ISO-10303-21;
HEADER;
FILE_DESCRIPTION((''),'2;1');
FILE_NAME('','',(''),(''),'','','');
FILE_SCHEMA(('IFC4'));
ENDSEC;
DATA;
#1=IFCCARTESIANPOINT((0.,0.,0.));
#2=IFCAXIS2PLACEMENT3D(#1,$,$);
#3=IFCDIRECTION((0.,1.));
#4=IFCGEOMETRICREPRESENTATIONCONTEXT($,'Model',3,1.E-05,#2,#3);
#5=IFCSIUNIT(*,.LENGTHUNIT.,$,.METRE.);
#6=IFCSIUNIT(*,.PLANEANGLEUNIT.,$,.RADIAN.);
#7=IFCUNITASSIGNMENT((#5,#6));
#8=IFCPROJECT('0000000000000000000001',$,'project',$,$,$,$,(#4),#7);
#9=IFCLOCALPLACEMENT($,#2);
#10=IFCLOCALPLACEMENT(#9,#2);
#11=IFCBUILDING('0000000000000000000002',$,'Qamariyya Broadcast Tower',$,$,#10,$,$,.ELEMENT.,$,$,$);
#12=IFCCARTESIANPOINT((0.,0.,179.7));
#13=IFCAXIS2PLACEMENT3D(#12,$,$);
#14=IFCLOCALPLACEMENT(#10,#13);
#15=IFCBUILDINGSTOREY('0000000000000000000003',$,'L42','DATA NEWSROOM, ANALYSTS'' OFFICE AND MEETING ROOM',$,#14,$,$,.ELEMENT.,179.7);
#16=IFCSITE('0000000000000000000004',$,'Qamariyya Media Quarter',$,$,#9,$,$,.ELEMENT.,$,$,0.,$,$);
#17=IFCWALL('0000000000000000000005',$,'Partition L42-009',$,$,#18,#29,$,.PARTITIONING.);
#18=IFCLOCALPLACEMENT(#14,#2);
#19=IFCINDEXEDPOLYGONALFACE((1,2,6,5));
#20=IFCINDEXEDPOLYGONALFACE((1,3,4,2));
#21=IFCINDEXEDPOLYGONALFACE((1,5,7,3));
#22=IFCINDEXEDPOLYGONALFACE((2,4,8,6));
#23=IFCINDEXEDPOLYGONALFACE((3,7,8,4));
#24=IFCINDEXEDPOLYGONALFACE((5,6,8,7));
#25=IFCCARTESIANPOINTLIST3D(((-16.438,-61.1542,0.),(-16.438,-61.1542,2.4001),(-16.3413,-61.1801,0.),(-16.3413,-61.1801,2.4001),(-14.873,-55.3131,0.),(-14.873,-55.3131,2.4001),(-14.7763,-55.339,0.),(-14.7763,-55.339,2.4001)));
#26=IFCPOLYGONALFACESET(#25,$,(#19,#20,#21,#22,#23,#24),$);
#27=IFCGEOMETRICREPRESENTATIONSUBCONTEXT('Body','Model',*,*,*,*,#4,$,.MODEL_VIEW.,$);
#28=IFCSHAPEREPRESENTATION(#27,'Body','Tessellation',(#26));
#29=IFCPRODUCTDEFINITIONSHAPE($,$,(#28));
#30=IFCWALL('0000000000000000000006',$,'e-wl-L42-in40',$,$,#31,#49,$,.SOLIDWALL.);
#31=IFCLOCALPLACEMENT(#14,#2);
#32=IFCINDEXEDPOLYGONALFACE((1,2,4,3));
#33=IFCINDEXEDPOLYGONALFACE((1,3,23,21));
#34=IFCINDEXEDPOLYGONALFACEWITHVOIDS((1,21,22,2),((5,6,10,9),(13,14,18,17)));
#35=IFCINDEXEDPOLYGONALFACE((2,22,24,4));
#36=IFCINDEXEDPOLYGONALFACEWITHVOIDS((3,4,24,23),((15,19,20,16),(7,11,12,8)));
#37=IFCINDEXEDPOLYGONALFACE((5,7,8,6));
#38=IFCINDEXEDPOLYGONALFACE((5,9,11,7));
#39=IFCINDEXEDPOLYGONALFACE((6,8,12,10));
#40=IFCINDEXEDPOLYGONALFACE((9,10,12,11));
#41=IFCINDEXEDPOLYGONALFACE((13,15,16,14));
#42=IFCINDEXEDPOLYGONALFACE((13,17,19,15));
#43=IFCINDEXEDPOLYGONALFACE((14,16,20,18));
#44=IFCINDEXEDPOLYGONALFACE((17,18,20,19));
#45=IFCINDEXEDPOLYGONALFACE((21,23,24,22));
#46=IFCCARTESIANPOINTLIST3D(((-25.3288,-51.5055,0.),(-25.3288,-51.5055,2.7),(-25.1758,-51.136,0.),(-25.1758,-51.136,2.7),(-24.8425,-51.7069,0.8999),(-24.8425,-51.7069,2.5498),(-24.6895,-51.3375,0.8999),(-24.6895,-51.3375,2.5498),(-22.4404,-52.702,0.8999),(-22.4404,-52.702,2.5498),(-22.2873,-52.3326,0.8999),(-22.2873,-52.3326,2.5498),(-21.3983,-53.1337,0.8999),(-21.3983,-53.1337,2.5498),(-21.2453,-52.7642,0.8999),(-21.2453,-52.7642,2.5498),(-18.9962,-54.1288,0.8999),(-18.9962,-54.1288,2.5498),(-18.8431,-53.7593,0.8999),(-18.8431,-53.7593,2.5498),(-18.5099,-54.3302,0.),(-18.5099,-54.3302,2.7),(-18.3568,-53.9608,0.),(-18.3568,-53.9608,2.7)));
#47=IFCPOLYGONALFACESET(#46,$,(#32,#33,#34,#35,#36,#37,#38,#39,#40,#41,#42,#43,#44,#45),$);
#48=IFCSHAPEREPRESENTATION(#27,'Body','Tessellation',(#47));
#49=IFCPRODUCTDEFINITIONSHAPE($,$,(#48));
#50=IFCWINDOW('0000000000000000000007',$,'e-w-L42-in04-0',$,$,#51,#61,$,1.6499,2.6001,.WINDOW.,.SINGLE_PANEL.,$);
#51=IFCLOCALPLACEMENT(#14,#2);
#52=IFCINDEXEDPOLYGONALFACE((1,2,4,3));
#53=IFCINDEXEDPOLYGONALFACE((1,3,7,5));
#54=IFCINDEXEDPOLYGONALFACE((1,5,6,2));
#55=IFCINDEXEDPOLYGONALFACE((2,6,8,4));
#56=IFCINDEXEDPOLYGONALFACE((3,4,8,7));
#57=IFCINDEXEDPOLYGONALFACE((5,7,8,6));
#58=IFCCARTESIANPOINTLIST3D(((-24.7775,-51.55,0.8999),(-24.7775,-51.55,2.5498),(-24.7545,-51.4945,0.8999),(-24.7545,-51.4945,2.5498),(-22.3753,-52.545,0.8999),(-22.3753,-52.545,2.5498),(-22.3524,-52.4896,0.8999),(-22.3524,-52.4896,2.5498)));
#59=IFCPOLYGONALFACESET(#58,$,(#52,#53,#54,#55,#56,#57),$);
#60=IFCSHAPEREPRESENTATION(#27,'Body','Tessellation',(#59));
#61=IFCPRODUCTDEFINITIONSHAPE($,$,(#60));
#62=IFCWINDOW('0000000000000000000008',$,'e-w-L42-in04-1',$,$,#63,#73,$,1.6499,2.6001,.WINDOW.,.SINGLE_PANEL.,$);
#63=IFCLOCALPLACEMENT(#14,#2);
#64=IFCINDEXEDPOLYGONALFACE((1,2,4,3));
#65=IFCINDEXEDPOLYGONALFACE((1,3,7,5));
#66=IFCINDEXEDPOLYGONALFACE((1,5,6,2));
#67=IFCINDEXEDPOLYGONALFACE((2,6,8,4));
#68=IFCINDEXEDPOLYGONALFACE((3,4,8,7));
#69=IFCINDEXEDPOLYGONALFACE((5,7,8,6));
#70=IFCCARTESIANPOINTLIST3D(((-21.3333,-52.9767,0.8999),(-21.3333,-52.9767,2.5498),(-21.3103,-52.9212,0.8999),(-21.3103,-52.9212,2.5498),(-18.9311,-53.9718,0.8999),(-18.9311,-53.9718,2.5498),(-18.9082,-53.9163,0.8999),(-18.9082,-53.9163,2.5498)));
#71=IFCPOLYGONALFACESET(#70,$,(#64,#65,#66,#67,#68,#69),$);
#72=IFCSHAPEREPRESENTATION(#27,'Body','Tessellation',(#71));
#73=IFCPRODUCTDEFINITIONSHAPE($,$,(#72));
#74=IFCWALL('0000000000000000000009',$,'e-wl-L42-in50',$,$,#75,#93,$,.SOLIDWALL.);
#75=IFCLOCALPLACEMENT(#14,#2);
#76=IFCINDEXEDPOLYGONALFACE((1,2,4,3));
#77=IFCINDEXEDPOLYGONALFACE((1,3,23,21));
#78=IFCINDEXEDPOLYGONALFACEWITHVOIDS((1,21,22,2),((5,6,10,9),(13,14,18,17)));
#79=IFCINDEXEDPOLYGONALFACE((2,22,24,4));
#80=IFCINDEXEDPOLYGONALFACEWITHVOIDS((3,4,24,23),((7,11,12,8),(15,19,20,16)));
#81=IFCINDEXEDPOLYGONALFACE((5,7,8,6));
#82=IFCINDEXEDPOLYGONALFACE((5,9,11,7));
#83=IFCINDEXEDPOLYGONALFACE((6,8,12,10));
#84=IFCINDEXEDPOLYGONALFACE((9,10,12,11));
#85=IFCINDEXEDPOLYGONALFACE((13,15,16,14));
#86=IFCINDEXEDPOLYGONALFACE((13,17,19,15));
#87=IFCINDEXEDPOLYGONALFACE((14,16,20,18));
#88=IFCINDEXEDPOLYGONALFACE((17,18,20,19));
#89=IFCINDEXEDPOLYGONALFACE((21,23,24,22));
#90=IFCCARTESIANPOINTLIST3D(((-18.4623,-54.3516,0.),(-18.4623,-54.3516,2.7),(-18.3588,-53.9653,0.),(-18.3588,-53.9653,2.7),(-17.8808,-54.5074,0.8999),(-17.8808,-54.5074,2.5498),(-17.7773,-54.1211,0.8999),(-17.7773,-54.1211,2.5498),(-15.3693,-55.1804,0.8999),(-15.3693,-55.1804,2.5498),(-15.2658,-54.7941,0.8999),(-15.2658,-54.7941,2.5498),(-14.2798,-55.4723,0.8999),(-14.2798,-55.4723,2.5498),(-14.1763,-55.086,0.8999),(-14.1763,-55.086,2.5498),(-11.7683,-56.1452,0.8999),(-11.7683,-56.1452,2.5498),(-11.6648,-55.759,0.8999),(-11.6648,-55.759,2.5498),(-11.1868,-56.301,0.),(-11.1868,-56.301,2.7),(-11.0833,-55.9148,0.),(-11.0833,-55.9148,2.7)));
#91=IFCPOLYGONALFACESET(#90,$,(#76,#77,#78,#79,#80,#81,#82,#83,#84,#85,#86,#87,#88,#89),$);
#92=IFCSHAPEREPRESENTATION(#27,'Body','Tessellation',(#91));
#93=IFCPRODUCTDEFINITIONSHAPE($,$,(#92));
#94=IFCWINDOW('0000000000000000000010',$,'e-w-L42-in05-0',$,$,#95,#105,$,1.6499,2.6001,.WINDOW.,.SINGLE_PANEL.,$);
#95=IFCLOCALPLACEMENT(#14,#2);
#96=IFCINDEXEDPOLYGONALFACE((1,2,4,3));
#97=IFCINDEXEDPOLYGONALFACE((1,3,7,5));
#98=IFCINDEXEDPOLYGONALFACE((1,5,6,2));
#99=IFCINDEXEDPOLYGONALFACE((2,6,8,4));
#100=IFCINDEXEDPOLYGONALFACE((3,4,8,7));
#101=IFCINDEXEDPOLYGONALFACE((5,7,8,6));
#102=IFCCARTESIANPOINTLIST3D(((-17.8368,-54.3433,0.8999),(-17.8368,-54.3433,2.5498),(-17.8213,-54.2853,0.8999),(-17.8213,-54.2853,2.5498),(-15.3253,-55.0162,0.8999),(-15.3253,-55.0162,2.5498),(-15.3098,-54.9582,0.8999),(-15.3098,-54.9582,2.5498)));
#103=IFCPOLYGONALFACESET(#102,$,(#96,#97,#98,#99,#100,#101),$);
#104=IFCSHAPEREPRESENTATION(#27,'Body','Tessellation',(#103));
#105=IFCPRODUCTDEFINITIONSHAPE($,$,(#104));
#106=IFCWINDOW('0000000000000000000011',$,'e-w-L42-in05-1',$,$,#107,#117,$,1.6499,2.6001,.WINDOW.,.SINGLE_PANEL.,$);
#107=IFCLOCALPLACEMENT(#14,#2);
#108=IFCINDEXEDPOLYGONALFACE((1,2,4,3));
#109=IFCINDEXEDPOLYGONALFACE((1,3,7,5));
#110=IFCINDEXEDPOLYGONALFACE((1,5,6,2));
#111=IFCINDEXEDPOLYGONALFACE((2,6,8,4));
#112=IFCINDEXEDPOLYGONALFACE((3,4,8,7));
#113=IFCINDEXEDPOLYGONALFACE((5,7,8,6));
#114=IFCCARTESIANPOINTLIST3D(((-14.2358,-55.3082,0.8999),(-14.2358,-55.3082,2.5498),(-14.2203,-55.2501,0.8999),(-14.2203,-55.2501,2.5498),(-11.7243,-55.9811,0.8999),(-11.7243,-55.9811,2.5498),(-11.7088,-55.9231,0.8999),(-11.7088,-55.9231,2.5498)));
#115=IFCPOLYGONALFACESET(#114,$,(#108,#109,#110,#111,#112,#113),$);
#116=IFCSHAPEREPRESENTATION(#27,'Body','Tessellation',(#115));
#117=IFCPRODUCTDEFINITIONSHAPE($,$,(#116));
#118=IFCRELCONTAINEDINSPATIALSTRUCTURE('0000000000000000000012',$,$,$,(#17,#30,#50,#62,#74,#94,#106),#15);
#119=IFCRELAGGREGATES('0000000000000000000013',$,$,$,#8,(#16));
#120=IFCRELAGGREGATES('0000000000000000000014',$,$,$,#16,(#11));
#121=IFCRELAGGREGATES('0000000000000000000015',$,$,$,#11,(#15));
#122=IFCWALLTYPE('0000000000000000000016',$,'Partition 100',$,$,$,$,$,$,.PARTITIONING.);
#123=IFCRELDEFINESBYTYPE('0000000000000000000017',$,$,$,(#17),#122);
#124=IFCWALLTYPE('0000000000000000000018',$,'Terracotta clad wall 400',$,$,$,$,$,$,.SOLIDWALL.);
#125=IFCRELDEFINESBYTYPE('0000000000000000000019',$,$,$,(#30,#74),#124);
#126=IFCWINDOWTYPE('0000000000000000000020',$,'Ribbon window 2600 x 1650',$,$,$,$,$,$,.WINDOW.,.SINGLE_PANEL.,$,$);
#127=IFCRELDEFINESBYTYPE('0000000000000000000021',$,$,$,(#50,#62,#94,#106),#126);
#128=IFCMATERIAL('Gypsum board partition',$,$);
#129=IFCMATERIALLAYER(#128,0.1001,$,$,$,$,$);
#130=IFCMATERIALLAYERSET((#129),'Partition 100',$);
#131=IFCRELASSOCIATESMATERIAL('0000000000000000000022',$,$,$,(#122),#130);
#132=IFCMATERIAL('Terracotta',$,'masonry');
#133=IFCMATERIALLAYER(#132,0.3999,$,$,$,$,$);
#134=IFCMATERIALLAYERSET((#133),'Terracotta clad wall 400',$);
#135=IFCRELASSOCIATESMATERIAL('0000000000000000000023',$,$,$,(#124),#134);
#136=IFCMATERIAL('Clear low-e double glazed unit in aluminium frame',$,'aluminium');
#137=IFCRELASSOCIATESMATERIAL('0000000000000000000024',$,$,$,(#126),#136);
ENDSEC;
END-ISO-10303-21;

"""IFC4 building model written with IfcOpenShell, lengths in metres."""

from ifc_helpers import new_model, si_unit, direction, frame, frame_2d, origin, place, context, subcontext, project, spatial, rectangle, extrude, material, layer, layer_set, type_object, element, fill, save


model = new_model("IFC4")

# Units and contexts
model_context = context("Model", 3, precision=1e-05, world=origin(), true_north=direction((0.0, 1.0)))
body_context = subcontext(model_context, "Body", "Model", "MODEL_VIEW")
ifc_project = project(units=[si_unit("LENGTHUNIT", "METRE"), si_unit("PLANEANGLEUNIT", "RADIAN")], contexts=[model_context])

# Site, building, storey
site_placement = place(None, origin())
site = spatial("IfcSite", under=ifc_project, at=site_placement, Name="Qamariyya Media Quarter", CompositionType="ELEMENT", RefElevation=0.0)
building_placement = place(site_placement, origin())
building = spatial("IfcBuilding", under=site, at=building_placement, Name="Qamariyya Broadcast Tower", CompositionType="ELEMENT")
storey_placement = place(building_placement, frame((0.0, 0.0, 179.7)))
storey = spatial("IfcBuildingStorey", under=building, at=storey_placement, Name="L42", Description="DATA NEWSROOM, ANALYSTS' OFFICE AND MEETING ROOM", CompositionType="ELEMENT", Elevation=179.7)

# Wall
ifc_material_1 = material(Name="Gypsum board partition")
ifc_layer_1 = layer(ifc_material_1, 0.1001)
ifc_layer_set_1 = layer_set([ifc_layer_1], Name="Partition 100")
wall_type_1 = type_object("IfcWallType", Name="Partition 100", PredefinedType="PARTITIONING", material=ifc_layer_set_1)
wall_1_placement = place(storey_placement, frame((-14.8247, -55.3262, 0.0), z_axis=(0.0, 0.0, 1.0), x_axis=(-0.258793, -0.965933, 0.0)))
element("IfcWall", 1, at=wall_1_placement, inside=storey, type_object=wall_type_1, Name="Partition L42-009", PredefinedType="PARTITIONING", context=body_context, shape_type="SweptSolid", body=[
    extrude(rectangle(XDim=6.0471, YDim=0.1001, at=frame_2d((3.0234, 0.0))), origin(), (0.0, 0.0, 1.0), 2.4001),
])

# Walls, openings, windows
ifc_material_2 = material(Name="Terracotta", Category="masonry")
ifc_layer_2 = layer(ifc_material_2, 0.3999)
ifc_layer_set_2 = layer_set([ifc_layer_2], Name="Terracotta clad wall 400")
wall_type_2 = type_object("IfcWallType", Name="Terracotta clad wall 400", PredefinedType="SOLIDWALL", material=ifc_layer_set_2)
wall_2_placement = place(storey_placement, frame((-18.4333, -54.1455, 0.0), z_axis=(0.0, 0.0, 1.0), x_axis=(-0.923868, 0.382712, 0.0)))
wall_2 = element("IfcWall", 2, at=wall_2_placement, inside=storey, type_object=wall_type_2, Name="e-wl-L42-in40", PredefinedType="SOLIDWALL", context=body_context, shape_type="SweptSolid", body=[
    extrude(rectangle(XDim=7.3809, YDim=0.3999, at=frame_2d((3.6904, 0.0))), origin(), (0.0, 0.0, 1.0), 2.7),
])
opening_1_placement = place(wall_2_placement, frame((4.2544, 0.0, 0.8999)))
opening_1 = element("IfcOpeningElement", 3, at=opening_1_placement, cuts=wall_2, PredefinedType="OPENING", context=body_context, shape_type="SweptSolid", body=[
    extrude(rectangle(XDim=2.6001, YDim=1.6499, at=frame_2d((1.3, 0.825))), frame((0.0, 0.21, 0.0), z_axis=(0.0, -1.0, 0.0), x_axis=(1.0, 0.0, 0.0)), (0.0, 0.0, 1.0), 0.4199),
])
opening_2_placement = place(wall_2_placement, frame((0.5264, 0.0, 0.8999)))
opening_2 = element("IfcOpeningElement", 4, at=opening_2_placement, cuts=wall_2, PredefinedType="OPENING", context=body_context, shape_type="SweptSolid", body=[
    extrude(rectangle(XDim=2.6001, YDim=1.6499, at=frame_2d((1.3, 0.825))), frame((0.0, 0.21, 0.0), z_axis=(0.0, -1.0, 0.0), x_axis=(1.0, 0.0, 0.0)), (0.0, 0.0, 1.0), 0.4199),
])
ifc_material_3 = material(Name="Clear low-e double glazed unit in aluminium frame", Category="aluminium")
window_type = type_object("IfcWindowType", Name="Ribbon window 2600 x 1650", PartitioningType="SINGLE_PANEL", PredefinedType="WINDOW", material=ifc_material_3)
window_1_placement = place(opening_1_placement, origin())
window_1 = element("IfcWindow", 5, at=window_1_placement, inside=storey, type_object=window_type, Name="e-w-L42-in04-0", OverallHeight=1.6499, OverallWidth=2.6001, PartitioningType="SINGLE_PANEL", PredefinedType="WINDOW", context=body_context, shape_type="SweptSolid", body=[
    extrude(rectangle(XDim=2.6001, YDim=1.6499, at=frame_2d((1.3, 0.825))), frame((0.0, 0.03, 0.0), z_axis=(0.0, -1.0, 0.0), x_axis=(1.0, 0.0, 0.0)), (0.0, 0.0, 1.0), 0.0601),
])
fill(opening_1, window_1)
window_2_placement = place(opening_2_placement, origin())
window_2 = element("IfcWindow", 6, at=window_2_placement, inside=storey, type_object=window_type, Name="e-w-L42-in04-1", OverallHeight=1.6499, OverallWidth=2.6001, PartitioningType="SINGLE_PANEL", PredefinedType="WINDOW", context=body_context, shape_type="SweptSolid", body=[
    extrude(rectangle(XDim=2.6001, YDim=1.6499, at=frame_2d((1.3, 0.825))), frame((0.0, 0.03, 0.0), z_axis=(0.0, -1.0, 0.0), x_axis=(1.0, 0.0, 0.0)), (0.0, 0.0, 1.0), 0.0601),
])
fill(opening_2, window_2)
wall_3_placement = place(storey_placement, frame((-11.135, -56.1079, 0.0), z_axis=(0.0, 0.0, 1.0), x_axis=(-0.965927, 0.258814, 0.0)))
wall_3 = element("IfcWall", 7, at=wall_3_placement, inside=storey, type_object=wall_type_2, Name="e-wl-L42-in50", PredefinedType="SOLIDWALL", context=body_context, shape_type="SweptSolid", body=[
    extrude(rectangle(XDim=7.5322, YDim=0.3999, at=frame_2d((3.7661, 0.0))), origin(), (0.0, 0.0, 1.0), 2.7),
])
opening_3_placement = place(wall_3_placement, frame((4.3301, 0.0, 0.8999)))
opening_3 = element("IfcOpeningElement", 8, at=opening_3_placement, cuts=wall_3, PredefinedType="OPENING", context=body_context, shape_type="SweptSolid", body=[
    extrude(rectangle(XDim=2.6001, YDim=1.6499, at=frame_2d((1.3, 0.825))), frame((0.0, 0.21, 0.0), z_axis=(0.0, -1.0, 0.0), x_axis=(1.0, 0.0, 0.0)), (0.0, 0.0, 1.0), 0.4199),
])
opening_4_placement = place(wall_3_placement, frame((0.6021, 0.0, 0.8999)))
opening_4 = element("IfcOpeningElement", 9, at=opening_4_placement, cuts=wall_3, PredefinedType="OPENING", context=body_context, shape_type="SweptSolid", body=[
    extrude(rectangle(XDim=2.6001, YDim=1.6499, at=frame_2d((1.3, 0.825))), frame((0.0, 0.21, 0.0), z_axis=(0.0, -1.0, 0.0), x_axis=(1.0, 0.0, 0.0)), (0.0, 0.0, 1.0), 0.4199),
])
window_3_placement = place(opening_3_placement, origin())
window_3 = element("IfcWindow", 10, at=window_3_placement, inside=storey, type_object=window_type, Name="e-w-L42-in05-0", OverallHeight=1.6499, OverallWidth=2.6001, PartitioningType="SINGLE_PANEL", PredefinedType="WINDOW", context=body_context, shape_type="SweptSolid", body=[
    extrude(rectangle(XDim=2.6001, YDim=1.6499, at=frame_2d((1.3, 0.825))), frame((0.0, 0.03, 0.0), z_axis=(0.0, -1.0, 0.0), x_axis=(1.0, 0.0, 0.0)), (0.0, 0.0, 1.0), 0.0601),
])
fill(opening_3, window_3)
window_4_placement = place(opening_4_placement, origin())
window_4 = element("IfcWindow", 11, at=window_4_placement, inside=storey, type_object=window_type, Name="e-w-L42-in05-1", OverallHeight=1.6499, OverallWidth=2.6001, PartitioningType="SINGLE_PANEL", PredefinedType="WINDOW", context=body_context, shape_type="SweptSolid", body=[
    extrude(rectangle(XDim=2.6001, YDim=1.6499, at=frame_2d((1.3, 0.825))), frame((0.0, 0.03, 0.0), z_axis=(0.0, -1.0, 0.0), x_axis=(1.0, 0.0, 0.0)), (0.0, 0.0, 1.0), 0.0601),
])
fill(opening_4, window_4)

save(model, "model.ifc")
